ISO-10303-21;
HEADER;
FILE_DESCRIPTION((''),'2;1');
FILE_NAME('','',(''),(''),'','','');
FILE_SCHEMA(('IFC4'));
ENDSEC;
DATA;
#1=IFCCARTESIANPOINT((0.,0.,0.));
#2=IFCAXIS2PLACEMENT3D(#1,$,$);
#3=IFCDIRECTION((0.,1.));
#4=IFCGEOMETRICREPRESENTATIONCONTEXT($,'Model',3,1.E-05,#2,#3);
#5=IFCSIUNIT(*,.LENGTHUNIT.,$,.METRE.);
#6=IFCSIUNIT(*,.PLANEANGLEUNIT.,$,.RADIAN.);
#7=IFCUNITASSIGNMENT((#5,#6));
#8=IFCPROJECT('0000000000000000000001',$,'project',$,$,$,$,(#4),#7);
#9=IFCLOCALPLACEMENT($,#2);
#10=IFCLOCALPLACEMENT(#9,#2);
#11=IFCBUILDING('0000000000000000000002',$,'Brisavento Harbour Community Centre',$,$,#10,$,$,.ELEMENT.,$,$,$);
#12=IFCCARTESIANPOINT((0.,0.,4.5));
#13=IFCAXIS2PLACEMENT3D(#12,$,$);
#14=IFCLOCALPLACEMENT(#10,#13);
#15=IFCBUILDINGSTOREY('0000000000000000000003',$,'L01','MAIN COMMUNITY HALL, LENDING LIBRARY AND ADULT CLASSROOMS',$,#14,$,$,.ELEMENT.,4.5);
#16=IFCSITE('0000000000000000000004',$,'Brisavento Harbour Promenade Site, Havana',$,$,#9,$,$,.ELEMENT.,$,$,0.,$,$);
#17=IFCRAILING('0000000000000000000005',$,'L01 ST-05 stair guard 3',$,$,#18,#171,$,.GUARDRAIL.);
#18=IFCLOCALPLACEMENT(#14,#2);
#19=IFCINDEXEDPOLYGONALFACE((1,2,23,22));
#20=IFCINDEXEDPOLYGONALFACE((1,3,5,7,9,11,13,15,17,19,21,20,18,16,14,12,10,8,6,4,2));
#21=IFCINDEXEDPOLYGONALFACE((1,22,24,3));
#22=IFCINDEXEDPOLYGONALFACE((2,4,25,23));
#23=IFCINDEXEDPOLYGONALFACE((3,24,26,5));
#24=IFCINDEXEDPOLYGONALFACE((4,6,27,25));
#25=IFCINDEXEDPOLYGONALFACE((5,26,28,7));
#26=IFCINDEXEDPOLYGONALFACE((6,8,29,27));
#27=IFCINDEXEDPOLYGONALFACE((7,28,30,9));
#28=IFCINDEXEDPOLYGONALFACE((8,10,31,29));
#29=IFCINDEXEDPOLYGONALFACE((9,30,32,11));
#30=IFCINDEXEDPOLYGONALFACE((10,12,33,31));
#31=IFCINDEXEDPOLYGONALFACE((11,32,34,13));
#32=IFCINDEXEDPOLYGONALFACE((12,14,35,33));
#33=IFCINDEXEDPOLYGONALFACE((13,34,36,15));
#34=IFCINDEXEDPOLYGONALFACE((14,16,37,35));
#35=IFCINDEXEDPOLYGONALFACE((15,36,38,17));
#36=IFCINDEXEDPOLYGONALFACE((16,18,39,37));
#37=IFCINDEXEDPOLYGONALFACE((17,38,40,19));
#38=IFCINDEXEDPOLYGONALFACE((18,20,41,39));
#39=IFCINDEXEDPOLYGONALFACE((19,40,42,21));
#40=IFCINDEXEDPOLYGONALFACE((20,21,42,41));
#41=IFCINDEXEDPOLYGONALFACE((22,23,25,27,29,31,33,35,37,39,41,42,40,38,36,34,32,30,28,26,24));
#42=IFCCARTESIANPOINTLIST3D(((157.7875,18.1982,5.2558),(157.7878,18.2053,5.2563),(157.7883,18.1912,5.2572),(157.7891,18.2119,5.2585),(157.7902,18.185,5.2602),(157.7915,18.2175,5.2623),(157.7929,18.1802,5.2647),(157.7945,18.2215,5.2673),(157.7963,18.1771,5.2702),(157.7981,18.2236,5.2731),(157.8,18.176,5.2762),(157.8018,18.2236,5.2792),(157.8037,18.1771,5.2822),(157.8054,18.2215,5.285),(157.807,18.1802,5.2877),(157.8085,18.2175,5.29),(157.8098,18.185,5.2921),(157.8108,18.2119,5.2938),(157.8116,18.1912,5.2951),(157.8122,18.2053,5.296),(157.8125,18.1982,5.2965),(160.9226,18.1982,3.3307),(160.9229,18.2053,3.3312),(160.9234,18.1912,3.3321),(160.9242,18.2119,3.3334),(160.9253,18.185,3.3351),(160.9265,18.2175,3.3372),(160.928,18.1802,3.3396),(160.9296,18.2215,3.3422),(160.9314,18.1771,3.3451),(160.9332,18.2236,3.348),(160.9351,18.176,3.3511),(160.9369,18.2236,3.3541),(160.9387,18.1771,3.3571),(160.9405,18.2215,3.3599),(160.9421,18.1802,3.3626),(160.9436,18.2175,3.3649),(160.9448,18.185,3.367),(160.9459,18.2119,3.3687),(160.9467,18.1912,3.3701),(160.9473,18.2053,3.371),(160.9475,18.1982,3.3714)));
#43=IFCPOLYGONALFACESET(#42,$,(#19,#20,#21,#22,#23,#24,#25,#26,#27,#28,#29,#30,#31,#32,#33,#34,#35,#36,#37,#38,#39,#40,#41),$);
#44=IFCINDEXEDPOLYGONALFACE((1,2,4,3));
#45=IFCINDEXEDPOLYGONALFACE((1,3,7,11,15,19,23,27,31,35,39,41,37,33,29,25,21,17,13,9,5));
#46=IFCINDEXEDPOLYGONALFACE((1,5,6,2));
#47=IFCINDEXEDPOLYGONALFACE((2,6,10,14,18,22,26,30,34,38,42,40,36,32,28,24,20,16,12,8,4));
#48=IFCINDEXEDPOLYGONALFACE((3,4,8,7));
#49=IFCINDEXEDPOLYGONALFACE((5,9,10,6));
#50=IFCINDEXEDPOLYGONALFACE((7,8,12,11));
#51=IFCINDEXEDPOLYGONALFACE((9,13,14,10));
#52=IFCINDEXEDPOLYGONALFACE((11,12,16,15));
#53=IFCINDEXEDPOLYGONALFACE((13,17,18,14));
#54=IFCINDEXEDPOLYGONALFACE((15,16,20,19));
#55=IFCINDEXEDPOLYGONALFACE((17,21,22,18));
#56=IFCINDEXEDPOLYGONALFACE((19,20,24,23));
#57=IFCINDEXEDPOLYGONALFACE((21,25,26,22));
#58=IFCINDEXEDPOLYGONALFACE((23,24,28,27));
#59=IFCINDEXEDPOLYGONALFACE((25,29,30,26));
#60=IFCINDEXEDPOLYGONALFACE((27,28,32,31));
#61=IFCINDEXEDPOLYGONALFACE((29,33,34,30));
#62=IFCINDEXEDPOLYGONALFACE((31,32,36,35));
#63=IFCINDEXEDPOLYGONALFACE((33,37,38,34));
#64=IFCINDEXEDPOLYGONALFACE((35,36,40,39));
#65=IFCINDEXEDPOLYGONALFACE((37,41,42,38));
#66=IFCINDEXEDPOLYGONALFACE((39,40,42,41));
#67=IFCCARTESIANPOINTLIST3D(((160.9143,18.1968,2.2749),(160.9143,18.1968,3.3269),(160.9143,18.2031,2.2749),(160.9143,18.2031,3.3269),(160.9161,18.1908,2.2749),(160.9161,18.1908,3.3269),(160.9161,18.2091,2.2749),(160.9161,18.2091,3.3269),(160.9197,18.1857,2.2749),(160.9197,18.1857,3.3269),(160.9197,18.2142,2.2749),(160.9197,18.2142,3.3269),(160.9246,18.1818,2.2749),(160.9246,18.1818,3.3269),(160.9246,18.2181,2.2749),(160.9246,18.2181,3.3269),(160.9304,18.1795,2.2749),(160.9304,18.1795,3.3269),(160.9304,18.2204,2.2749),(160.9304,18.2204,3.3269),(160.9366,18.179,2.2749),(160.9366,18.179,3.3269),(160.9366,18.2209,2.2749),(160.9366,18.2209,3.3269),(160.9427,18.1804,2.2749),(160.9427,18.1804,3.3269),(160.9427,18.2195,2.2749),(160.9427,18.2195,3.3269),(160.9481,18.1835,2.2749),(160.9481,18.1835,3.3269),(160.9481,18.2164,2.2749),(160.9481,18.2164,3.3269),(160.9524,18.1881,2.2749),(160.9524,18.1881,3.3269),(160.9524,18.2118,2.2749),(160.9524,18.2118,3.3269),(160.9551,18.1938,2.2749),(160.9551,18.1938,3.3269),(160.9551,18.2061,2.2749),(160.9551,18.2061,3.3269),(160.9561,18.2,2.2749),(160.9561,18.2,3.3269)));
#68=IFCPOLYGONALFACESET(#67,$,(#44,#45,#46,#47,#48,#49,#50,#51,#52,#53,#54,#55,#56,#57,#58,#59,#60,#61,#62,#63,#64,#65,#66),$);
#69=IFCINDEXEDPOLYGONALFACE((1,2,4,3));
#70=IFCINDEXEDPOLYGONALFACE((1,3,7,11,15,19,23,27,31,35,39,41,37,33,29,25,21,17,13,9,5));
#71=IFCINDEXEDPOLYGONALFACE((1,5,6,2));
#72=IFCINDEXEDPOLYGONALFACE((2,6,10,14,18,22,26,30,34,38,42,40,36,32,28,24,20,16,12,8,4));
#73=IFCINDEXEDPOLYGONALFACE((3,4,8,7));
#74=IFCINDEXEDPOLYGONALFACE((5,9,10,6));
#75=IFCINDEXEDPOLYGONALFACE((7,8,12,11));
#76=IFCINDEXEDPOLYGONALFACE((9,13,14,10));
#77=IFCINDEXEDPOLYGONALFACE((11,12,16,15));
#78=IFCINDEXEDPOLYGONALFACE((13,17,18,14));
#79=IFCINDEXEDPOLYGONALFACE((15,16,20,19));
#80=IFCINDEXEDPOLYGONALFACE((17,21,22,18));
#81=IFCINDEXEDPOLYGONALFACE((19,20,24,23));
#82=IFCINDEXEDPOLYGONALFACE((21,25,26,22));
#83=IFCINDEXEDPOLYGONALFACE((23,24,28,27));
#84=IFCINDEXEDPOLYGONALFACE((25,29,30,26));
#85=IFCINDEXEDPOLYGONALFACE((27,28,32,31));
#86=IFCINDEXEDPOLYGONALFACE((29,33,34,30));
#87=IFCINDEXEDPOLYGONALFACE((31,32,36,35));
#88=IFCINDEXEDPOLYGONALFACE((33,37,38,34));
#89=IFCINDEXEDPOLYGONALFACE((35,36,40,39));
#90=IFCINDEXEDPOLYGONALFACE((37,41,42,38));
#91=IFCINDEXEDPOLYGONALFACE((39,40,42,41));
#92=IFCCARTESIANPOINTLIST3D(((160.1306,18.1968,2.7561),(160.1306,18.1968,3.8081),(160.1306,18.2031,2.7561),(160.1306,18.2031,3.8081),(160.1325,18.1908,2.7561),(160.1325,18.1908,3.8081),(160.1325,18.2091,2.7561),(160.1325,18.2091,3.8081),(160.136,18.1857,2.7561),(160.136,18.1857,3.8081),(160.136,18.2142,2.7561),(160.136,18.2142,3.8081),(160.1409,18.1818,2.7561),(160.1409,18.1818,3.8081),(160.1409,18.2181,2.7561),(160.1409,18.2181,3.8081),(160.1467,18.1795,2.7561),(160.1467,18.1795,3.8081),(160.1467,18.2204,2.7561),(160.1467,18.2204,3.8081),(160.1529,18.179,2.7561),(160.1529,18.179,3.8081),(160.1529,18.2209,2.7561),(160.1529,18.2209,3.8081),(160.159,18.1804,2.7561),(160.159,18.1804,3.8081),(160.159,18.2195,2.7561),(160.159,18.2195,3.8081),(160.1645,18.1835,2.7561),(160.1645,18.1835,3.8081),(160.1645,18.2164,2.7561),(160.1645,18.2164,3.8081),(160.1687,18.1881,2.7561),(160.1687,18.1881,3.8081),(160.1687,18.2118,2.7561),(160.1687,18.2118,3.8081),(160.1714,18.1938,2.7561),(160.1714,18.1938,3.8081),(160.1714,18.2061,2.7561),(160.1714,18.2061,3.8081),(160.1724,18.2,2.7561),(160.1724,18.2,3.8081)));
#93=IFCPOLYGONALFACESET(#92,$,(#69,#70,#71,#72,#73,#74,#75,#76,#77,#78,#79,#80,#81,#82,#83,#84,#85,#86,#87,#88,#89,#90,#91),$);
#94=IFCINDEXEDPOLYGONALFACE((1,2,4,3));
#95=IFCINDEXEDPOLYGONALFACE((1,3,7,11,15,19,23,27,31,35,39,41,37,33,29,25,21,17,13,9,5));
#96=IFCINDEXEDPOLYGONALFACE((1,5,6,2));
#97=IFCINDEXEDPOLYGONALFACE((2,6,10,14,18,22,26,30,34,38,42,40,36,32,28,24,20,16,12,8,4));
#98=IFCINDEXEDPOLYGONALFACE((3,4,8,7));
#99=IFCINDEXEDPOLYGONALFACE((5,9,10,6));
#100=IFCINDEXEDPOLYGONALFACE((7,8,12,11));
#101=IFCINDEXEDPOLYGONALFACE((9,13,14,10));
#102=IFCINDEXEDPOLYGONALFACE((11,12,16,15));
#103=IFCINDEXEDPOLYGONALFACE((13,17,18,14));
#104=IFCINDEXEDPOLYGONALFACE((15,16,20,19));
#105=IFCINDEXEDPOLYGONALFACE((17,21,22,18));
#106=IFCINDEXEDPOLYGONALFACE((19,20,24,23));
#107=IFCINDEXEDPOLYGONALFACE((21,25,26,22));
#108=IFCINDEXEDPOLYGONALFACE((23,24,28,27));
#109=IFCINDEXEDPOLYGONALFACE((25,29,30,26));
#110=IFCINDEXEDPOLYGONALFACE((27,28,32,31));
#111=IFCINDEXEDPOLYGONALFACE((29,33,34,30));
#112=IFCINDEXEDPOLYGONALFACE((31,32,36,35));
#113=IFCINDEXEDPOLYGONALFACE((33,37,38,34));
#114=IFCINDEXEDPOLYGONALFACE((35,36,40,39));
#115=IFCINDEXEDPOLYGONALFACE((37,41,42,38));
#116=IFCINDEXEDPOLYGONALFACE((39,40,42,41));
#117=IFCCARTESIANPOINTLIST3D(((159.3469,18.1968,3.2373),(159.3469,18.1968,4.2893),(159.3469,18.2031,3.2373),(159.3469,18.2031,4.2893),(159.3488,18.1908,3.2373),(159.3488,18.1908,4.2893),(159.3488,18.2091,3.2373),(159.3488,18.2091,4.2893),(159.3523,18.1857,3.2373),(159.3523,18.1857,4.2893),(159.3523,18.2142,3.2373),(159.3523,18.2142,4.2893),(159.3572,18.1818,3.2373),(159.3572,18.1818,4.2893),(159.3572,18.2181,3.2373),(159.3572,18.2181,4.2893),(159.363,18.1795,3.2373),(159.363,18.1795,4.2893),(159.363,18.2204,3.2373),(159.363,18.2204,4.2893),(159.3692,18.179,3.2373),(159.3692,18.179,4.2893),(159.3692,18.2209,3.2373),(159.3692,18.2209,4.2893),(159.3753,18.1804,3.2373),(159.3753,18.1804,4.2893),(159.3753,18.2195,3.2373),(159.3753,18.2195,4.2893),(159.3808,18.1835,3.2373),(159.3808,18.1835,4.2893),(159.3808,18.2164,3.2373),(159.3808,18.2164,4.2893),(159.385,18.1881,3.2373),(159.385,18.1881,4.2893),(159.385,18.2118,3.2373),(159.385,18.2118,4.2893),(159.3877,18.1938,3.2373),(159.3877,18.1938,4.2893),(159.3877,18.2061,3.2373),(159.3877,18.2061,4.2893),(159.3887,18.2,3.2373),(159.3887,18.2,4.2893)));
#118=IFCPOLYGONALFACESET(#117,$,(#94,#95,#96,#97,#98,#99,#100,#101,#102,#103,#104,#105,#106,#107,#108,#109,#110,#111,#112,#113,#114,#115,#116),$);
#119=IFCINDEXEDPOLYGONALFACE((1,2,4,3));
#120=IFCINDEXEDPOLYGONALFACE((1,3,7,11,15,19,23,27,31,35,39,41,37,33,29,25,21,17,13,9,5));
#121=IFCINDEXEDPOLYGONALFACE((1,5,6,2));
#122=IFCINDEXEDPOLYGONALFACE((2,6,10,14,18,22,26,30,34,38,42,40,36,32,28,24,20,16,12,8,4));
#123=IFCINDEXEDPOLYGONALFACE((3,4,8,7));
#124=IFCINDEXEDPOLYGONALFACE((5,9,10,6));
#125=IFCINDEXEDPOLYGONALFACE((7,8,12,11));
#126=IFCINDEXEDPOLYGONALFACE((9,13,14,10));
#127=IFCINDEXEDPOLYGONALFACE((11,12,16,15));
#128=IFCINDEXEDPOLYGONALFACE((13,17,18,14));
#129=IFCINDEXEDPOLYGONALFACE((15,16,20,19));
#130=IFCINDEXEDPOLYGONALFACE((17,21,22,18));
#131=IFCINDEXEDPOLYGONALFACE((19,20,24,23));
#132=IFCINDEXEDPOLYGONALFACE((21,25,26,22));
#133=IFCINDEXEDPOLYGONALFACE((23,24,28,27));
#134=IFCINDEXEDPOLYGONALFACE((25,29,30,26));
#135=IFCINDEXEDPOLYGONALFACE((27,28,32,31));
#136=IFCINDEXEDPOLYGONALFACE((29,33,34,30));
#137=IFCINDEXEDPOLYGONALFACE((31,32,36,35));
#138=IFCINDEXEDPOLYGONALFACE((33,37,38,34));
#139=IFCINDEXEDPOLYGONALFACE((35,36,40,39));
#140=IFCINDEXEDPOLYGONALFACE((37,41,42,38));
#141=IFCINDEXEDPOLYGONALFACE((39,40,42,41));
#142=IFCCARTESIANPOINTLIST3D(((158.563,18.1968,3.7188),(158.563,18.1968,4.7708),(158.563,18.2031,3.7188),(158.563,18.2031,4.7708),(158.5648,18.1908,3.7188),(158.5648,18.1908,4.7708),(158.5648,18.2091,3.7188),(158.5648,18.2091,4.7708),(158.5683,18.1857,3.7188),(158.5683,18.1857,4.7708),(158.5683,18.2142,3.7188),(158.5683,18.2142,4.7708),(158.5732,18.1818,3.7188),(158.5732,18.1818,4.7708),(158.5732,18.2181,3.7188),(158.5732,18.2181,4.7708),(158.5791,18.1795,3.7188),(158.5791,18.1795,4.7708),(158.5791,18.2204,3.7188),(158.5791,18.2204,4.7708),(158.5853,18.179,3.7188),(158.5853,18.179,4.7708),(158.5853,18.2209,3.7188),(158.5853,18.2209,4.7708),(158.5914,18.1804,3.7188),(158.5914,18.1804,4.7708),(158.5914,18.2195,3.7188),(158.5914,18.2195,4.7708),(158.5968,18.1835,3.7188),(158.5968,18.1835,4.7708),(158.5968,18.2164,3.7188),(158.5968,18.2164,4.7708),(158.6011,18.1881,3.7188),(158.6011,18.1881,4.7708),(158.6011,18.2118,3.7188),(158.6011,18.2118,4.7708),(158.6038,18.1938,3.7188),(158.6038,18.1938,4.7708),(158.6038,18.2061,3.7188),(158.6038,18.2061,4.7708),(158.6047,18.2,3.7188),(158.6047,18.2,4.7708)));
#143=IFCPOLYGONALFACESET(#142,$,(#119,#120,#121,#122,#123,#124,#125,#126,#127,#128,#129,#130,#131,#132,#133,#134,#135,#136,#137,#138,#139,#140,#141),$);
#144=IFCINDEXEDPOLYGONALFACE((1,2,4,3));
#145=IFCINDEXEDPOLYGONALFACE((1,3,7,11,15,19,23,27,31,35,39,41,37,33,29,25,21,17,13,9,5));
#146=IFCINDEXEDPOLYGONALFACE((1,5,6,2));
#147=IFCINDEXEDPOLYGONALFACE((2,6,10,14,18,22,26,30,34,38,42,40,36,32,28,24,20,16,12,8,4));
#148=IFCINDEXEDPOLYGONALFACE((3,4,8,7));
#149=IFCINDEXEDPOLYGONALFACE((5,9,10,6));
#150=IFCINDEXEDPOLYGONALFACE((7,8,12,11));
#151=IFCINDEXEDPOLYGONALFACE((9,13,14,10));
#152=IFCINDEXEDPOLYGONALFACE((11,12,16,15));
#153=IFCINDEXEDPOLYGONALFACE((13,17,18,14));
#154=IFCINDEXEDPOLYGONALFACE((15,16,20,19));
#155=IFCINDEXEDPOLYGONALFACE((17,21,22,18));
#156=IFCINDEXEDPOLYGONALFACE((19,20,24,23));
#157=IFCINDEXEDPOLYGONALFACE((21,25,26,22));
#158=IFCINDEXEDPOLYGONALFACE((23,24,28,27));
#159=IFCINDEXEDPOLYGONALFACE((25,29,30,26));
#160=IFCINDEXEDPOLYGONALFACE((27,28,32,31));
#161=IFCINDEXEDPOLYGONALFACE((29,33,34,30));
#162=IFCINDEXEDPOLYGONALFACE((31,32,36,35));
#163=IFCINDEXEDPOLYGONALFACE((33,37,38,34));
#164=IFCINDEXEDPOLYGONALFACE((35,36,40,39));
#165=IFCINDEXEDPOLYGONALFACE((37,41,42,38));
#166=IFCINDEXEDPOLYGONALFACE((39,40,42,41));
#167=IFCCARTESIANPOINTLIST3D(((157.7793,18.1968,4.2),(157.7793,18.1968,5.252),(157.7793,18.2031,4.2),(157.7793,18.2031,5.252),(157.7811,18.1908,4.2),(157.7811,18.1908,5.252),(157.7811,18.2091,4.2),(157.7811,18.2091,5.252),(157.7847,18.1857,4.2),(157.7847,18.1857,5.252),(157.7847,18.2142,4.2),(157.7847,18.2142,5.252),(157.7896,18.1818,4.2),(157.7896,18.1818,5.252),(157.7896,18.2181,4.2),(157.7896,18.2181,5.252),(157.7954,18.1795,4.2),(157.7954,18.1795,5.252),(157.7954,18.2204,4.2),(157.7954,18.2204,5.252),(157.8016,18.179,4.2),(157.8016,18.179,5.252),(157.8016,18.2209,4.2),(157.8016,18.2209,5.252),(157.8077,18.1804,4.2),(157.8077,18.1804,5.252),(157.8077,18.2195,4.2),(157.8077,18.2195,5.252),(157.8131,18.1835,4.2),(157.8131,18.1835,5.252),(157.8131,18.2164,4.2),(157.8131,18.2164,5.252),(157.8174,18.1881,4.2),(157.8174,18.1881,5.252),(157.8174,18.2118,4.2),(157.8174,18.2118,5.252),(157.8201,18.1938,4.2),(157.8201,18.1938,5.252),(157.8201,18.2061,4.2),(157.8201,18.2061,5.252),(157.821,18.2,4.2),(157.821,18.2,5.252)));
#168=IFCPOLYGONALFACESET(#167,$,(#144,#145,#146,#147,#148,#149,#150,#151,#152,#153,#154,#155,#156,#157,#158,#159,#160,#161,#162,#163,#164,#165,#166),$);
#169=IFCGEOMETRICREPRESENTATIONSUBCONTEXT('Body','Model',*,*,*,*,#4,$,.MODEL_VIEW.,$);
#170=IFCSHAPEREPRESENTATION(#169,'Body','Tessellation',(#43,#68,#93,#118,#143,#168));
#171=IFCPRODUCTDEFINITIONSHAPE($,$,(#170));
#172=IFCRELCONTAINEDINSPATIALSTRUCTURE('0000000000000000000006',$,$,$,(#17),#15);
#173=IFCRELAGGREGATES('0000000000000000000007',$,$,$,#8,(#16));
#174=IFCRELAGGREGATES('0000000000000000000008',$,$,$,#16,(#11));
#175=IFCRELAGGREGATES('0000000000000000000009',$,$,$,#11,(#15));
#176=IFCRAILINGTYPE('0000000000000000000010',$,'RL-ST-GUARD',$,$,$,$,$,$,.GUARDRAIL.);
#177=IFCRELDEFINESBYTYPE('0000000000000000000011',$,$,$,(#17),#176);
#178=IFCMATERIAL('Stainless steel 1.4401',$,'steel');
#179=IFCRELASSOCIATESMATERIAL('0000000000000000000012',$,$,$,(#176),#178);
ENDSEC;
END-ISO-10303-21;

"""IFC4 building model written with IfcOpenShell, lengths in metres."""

from ifc_helpers import new_model, si_unit, direction, frame, origin, origin_2d, place, context, subcontext, project, spatial, circle, extrude, material, type_object, element, save


model = new_model("IFC4")

# Units and contexts
model_context = context("Model", 3, precision=1e-05, world=origin(), true_north=direction((0.0, 1.0)))
body_context = subcontext(model_context, "Body", "Model", "MODEL_VIEW")
ifc_project = project(units=[si_unit("LENGTHUNIT", "METRE"), si_unit("PLANEANGLEUNIT", "RADIAN")], contexts=[model_context])

# Site, building, storey
site_placement = place(None, origin())
site = spatial("IfcSite", under=ifc_project, at=site_placement, Name="Brisavento Harbour Promenade Site, Havana", CompositionType="ELEMENT", RefElevation=0.0)
building_placement = place(site_placement, origin())
building = spatial("IfcBuilding", under=site, at=building_placement, Name="Brisavento Harbour Community Centre", CompositionType="ELEMENT")
storey_placement = place(building_placement, frame((0.0, 0.0, 4.5)))
storey = spatial("IfcBuildingStorey", under=building, at=storey_placement, Name="L01", Description="MAIN COMMUNITY HALL, LENDING LIBRARY AND ADULT CLASSROOMS", CompositionType="ELEMENT", Elevation=4.5)

# Railing
ifc_material_1 = material(Name="Stainless steel 1.4401", Category="steel")
railing_type_1 = type_object("IfcRailingType", Name="RL-ST-GUARD", PredefinedType="GUARDRAIL", material=ifc_material_1)
railing_1_placement = place(storey_placement, frame((160.9351, 18.2, 2.2749)))
element("IfcRailing", 1, at=railing_1_placement, inside=storey, type_object=railing_type_1, Name="L01 ST-05 stair guard 3", PredefinedType="GUARDRAIL", context=body_context, shape_type="SweptSolid", body=[
    extrude(circle(Radius=0.0239, at=origin_2d()), frame((0.0, 0.0, 1.0762), z_axis=(-0.852166, 0.0, 0.523271), x_axis=(0.0, -1.0, 0.0)), (0.0, 0.0, 1.0), 3.679),
    extrude(circle(Radius=0.021, at=origin_2d()), origin(), (0.0, 0.0, 1.0), 1.052),
    extrude(circle(Radius=0.021, at=origin_2d()), frame((-0.7837, 0.0, 0.4812)), (0.0, 0.0, 1.0), 1.052),
    extrude(circle(Radius=0.021, at=origin_2d()), frame((-1.5674, 0.0, 0.9624)), (0.0, 0.0, 1.0), 1.052),
    extrude(circle(Radius=0.021, at=origin_2d()), frame((-2.3513, 0.0, 1.4438)), (0.0, 0.0, 1.0), 1.052),
    extrude(circle(Radius=0.021, at=origin_2d()), frame((-3.135, 0.0, 1.925)), (0.0, 0.0, 1.0), 1.052),
])

save(model, "model.ifc")
